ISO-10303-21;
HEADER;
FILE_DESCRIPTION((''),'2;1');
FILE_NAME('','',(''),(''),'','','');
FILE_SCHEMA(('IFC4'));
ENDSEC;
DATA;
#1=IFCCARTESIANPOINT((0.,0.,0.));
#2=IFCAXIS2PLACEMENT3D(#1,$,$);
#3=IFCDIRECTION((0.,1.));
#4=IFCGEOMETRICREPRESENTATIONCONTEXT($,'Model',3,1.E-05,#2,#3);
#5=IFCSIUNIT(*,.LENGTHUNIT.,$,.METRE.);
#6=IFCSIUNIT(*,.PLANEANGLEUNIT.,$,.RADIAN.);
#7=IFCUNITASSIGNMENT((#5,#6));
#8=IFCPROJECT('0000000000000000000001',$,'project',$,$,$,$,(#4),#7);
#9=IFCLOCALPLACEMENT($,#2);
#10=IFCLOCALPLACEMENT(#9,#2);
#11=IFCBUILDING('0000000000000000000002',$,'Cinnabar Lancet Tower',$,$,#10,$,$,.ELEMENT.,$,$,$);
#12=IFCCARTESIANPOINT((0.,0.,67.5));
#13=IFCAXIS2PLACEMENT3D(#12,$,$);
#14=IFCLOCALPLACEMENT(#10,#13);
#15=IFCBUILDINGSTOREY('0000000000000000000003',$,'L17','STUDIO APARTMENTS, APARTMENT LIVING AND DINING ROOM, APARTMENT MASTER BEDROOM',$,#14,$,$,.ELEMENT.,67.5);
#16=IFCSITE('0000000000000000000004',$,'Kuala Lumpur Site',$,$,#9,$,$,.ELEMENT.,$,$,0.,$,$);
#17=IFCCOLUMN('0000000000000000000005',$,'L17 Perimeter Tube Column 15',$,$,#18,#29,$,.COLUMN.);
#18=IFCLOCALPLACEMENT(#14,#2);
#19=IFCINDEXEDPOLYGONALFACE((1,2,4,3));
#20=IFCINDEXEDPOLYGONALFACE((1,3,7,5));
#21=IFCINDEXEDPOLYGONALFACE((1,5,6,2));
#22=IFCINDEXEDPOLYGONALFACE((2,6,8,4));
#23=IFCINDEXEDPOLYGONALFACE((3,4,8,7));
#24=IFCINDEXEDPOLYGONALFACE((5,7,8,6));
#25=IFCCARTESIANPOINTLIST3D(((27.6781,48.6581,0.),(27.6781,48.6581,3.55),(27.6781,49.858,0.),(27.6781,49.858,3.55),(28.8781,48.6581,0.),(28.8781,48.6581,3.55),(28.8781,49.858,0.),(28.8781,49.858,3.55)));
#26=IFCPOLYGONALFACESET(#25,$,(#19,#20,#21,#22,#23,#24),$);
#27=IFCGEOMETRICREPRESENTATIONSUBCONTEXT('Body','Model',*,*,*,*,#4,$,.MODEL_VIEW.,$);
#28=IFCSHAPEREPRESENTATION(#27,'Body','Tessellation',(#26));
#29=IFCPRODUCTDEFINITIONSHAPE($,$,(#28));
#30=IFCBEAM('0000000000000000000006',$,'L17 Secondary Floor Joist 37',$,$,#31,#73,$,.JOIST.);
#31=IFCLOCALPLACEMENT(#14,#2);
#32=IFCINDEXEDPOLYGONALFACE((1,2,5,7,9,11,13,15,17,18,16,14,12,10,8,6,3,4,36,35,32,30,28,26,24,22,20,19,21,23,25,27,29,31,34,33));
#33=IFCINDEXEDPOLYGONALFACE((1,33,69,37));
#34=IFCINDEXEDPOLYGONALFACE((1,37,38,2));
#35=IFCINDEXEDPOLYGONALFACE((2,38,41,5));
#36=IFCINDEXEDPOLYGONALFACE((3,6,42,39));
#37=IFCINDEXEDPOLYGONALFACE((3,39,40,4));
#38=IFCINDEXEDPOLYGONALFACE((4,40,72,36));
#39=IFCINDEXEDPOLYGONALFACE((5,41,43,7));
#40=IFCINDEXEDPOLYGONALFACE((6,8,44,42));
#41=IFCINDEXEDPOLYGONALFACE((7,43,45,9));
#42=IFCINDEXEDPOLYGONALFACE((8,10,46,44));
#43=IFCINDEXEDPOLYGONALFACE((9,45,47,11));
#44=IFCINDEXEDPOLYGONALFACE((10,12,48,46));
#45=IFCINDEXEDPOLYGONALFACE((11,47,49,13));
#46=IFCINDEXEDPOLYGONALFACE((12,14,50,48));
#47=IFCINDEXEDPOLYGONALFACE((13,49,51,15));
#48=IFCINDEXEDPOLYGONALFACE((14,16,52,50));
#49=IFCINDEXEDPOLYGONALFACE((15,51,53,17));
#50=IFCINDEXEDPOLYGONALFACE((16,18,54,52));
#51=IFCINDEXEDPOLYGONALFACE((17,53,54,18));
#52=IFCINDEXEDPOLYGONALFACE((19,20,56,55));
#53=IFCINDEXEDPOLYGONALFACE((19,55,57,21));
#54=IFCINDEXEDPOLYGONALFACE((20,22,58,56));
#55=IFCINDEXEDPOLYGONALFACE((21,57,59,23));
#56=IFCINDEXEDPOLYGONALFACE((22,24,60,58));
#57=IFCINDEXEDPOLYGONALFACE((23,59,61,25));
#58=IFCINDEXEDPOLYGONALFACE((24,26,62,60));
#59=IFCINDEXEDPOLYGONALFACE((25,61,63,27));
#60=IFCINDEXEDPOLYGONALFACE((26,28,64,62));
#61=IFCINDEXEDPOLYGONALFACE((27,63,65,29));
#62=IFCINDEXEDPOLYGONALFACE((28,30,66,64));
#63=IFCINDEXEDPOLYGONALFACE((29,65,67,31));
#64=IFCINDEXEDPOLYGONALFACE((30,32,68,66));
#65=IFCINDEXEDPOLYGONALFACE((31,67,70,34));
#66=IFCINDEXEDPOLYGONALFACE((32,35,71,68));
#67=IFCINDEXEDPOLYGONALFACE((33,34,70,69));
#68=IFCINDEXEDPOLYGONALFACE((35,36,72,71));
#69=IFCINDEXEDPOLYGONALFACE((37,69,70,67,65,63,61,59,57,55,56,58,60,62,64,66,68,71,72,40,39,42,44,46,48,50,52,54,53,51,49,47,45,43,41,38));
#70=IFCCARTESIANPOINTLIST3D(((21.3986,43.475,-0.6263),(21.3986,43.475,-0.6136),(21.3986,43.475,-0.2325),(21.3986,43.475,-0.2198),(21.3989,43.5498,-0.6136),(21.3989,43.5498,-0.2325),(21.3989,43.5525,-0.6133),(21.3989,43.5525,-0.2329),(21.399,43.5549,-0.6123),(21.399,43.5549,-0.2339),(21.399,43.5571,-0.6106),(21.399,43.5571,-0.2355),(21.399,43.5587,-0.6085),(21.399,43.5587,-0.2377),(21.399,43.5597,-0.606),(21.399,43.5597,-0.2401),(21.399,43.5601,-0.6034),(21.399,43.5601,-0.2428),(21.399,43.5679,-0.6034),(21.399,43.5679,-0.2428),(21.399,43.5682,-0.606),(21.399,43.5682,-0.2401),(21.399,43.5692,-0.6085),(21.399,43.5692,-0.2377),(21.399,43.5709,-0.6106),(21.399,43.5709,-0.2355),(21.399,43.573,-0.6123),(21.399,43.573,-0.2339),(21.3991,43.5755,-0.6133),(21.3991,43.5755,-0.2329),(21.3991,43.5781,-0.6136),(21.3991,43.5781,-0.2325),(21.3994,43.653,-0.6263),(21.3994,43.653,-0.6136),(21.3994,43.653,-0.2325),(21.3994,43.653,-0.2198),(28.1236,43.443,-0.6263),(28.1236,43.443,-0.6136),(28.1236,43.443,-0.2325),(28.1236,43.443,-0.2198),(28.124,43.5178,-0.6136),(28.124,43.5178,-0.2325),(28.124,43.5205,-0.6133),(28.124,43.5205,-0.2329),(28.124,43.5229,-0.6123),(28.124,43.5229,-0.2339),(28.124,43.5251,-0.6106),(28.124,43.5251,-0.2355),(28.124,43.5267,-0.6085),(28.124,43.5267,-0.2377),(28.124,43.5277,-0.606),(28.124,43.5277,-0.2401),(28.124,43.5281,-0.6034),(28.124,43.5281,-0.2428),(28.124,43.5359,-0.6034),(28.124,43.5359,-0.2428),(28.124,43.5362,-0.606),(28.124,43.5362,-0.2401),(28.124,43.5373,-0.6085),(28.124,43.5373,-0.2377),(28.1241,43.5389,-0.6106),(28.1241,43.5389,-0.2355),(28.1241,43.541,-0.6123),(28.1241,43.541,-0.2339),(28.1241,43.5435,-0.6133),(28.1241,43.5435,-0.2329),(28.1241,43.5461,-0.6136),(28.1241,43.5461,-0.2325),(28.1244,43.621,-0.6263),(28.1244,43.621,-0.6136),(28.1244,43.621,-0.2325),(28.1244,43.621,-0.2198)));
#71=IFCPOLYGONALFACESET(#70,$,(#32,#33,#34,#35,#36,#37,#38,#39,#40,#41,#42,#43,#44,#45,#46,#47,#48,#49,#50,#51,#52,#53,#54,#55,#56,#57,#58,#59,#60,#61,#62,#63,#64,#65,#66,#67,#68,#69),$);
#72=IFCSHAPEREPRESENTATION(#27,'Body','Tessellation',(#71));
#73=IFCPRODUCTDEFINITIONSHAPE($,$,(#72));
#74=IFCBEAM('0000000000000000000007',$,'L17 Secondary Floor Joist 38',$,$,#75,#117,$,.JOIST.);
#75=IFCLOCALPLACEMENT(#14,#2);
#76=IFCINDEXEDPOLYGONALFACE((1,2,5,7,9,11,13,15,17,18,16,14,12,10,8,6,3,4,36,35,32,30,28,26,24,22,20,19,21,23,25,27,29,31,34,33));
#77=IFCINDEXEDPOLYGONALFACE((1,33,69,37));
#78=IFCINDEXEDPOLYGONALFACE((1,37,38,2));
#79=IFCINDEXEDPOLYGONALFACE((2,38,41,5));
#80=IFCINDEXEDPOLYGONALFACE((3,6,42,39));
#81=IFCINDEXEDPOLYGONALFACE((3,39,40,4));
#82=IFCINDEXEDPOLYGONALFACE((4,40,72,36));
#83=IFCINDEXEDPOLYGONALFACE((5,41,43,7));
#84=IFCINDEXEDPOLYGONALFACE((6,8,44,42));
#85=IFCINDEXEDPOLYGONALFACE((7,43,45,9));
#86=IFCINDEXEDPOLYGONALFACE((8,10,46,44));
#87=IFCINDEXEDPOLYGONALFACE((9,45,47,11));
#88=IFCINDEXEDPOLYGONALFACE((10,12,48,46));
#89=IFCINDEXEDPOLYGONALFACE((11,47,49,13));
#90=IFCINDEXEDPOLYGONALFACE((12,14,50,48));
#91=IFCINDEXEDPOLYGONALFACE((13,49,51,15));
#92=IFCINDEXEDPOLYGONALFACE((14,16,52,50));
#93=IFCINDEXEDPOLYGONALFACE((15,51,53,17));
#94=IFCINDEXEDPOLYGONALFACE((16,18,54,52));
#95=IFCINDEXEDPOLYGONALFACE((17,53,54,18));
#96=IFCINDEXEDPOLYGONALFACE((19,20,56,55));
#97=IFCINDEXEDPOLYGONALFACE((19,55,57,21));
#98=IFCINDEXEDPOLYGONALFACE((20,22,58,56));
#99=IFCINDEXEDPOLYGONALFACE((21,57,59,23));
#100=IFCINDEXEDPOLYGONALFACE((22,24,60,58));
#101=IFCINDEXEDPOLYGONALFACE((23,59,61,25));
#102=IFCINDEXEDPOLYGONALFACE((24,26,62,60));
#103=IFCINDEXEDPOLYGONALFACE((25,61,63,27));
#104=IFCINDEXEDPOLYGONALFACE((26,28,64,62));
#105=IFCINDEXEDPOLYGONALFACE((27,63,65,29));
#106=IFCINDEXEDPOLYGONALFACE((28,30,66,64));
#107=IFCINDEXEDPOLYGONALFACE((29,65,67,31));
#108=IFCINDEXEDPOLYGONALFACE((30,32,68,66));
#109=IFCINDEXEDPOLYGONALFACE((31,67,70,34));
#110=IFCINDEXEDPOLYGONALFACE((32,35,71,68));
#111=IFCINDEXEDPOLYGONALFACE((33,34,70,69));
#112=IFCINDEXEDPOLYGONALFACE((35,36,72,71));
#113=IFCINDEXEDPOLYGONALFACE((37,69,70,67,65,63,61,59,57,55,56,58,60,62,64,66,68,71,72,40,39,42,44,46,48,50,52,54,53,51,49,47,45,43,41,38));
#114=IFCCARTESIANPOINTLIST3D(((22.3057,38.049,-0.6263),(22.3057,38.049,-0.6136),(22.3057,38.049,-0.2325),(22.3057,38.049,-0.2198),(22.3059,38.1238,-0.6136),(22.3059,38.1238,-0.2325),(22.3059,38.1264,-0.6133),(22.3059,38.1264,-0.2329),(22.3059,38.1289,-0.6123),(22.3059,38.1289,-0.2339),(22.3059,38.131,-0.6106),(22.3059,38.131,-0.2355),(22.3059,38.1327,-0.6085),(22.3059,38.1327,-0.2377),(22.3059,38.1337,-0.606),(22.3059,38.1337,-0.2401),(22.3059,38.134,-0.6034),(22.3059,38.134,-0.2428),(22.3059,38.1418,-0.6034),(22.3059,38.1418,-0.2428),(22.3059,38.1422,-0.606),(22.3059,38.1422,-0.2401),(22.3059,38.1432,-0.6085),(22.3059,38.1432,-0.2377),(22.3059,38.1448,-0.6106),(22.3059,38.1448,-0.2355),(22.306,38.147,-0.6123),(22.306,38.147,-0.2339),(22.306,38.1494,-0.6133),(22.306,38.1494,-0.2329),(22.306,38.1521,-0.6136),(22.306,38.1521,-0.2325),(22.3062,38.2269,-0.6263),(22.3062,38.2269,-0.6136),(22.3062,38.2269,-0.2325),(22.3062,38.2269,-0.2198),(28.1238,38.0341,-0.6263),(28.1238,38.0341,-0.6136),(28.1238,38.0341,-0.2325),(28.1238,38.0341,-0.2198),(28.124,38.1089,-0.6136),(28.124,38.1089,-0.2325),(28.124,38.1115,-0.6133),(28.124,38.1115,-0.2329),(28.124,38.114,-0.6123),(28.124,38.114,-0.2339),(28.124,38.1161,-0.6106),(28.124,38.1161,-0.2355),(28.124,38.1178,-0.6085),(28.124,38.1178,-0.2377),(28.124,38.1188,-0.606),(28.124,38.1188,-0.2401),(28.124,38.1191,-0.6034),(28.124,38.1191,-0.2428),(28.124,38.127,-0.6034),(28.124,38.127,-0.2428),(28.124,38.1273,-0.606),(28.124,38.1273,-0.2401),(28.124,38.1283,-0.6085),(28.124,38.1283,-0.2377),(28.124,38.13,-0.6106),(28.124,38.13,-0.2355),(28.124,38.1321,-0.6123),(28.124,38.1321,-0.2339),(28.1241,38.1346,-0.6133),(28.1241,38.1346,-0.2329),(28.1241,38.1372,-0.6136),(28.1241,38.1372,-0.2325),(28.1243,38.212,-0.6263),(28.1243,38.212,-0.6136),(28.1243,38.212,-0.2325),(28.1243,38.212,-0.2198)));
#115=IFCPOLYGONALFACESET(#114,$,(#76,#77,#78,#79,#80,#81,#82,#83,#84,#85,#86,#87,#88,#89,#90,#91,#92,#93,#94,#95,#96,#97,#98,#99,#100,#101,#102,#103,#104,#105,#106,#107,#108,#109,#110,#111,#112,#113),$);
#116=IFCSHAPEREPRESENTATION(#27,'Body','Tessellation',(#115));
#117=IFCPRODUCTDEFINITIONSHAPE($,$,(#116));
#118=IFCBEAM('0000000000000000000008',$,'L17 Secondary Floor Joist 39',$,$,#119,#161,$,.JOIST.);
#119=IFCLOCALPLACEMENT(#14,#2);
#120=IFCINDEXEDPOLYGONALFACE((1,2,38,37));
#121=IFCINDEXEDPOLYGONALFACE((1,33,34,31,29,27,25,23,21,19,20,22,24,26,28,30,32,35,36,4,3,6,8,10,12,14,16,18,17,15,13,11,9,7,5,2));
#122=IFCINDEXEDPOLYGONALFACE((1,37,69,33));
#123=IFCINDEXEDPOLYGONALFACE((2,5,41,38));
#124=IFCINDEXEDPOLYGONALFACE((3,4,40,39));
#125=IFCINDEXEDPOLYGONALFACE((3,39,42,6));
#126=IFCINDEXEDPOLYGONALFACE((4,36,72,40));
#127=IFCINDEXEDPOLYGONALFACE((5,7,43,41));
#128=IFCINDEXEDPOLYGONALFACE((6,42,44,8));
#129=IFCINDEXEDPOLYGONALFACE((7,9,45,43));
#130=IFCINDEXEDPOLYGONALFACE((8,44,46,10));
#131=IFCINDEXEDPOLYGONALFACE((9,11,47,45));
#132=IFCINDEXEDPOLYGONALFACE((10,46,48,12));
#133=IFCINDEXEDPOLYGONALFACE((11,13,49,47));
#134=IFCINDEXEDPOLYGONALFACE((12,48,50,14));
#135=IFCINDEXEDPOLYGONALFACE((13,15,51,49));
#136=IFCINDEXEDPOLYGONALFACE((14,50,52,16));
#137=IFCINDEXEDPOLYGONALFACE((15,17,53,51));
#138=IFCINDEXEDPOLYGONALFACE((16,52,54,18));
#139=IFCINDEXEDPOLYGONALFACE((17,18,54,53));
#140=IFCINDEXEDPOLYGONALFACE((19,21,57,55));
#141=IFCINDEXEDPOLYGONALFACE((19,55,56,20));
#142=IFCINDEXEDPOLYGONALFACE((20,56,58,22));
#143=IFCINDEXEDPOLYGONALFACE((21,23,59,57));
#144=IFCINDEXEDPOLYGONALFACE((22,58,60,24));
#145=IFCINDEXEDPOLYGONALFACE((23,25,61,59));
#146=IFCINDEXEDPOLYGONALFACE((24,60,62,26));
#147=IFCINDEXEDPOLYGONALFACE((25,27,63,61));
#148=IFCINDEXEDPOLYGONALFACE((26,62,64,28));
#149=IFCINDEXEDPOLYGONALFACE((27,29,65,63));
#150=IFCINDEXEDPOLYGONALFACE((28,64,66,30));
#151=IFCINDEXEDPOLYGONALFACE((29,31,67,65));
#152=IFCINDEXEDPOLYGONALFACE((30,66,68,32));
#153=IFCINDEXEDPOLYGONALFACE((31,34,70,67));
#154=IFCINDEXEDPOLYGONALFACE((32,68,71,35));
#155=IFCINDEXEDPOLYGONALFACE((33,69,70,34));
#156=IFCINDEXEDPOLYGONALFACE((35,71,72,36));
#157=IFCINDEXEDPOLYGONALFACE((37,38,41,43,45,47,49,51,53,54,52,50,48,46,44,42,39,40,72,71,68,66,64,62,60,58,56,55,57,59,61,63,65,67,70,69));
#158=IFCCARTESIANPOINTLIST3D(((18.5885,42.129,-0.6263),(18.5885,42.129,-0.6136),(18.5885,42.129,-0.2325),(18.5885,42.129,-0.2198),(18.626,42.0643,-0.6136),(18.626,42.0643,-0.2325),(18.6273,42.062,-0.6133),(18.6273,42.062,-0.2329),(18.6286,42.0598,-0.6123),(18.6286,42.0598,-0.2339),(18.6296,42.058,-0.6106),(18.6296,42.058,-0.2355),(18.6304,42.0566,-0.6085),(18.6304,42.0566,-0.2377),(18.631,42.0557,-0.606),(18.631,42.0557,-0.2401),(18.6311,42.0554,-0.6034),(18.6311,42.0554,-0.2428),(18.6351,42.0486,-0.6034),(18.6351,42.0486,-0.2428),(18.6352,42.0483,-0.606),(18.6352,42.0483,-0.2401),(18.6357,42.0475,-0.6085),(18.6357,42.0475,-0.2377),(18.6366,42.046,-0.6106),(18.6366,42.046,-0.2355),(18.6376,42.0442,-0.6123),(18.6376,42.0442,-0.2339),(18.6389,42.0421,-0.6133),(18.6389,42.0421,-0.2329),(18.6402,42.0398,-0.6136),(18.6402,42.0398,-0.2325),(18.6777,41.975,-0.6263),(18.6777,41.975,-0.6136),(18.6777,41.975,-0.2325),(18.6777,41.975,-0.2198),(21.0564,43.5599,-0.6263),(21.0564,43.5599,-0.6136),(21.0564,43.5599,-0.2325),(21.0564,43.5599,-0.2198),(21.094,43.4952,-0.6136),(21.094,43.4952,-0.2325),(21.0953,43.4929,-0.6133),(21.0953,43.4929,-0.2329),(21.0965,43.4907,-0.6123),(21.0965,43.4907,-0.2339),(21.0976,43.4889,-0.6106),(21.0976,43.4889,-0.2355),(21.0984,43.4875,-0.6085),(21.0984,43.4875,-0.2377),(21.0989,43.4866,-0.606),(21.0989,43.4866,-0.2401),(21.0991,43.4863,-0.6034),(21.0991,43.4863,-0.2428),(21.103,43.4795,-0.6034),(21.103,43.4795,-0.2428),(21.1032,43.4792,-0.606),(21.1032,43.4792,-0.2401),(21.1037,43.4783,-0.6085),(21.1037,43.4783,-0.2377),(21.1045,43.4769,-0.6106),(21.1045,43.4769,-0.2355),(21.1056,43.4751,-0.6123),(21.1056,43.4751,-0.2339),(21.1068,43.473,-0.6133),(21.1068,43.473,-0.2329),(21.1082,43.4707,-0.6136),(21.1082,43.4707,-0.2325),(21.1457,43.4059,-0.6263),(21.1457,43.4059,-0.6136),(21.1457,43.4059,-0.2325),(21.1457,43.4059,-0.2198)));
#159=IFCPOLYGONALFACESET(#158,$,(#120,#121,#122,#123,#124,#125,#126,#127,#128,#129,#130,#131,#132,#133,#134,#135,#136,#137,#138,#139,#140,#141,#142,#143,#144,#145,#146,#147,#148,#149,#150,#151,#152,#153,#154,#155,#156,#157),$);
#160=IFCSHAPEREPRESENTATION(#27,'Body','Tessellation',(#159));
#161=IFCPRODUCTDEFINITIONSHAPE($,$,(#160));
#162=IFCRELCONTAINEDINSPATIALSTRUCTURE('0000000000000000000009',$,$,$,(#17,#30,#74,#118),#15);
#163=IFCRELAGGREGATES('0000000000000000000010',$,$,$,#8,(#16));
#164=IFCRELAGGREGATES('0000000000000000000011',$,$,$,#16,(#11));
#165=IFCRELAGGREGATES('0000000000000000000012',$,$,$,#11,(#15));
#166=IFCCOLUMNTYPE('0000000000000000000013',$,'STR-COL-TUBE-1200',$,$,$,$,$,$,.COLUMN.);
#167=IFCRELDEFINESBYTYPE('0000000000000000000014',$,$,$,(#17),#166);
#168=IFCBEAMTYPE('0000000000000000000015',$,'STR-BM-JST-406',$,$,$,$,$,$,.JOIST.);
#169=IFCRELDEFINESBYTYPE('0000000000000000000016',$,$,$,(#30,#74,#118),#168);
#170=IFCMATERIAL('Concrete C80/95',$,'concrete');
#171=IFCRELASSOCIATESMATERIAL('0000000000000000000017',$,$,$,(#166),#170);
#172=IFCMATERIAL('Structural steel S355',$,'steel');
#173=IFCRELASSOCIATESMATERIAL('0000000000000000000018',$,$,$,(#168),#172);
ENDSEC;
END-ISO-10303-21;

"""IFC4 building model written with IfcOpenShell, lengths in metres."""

from ifc_helpers import new_model, si_unit, direction, frame, origin, origin_2d, place, context, subcontext, project, spatial, rectangle, i_section, extrude, material, material_profile, profile_set, type_object, element, save


model = new_model("IFC4")

# Units and contexts
model_context = context("Model", 3, precision=1e-05, world=origin(), true_north=direction((0.0, 1.0)))
body_context = subcontext(model_context, "Body", "Model", "MODEL_VIEW")
ifc_project = project(units=[si_unit("LENGTHUNIT", "METRE"), si_unit("PLANEANGLEUNIT", "RADIAN")], contexts=[model_context])

# Site, building, storey
site_placement = place(None, origin())
site = spatial("IfcSite", under=ifc_project, at=site_placement, Name="Kuala Lumpur Site", CompositionType="ELEMENT", RefElevation=0.0)
building_placement = place(site_placement, origin())
building = spatial("IfcBuilding", under=site, at=building_placement, Name="Cinnabar Lancet Tower", CompositionType="ELEMENT")
storey_placement = place(building_placement, frame((0.0, 0.0, 67.5)))
storey = spatial("IfcBuildingStorey", under=building, at=storey_placement, Name="L17", Description="STUDIO APARTMENTS, APARTMENT LIVING AND DINING ROOM, APARTMENT MASTER BEDROOM", CompositionType="ELEMENT", Elevation=67.5)

# Column
ifc_material_1 = material(Name="Concrete C80/95", Category="concrete")
ifc_material_profile_1 = material_profile(ifc_material_1, rectangle(XDim=1.2, YDim=1.2, at=origin_2d()), Name="RC-COL 1200x1200")
ifc_profile_set_1 = profile_set([ifc_material_profile_1], Name="Concrete C80/95")
column_type = type_object("IfcColumnType", Name="STR-COL-TUBE-1200", PredefinedType="COLUMN", material=ifc_profile_set_1)
column_placement = place(storey_placement, frame((28.2781, 49.2581, 0.0), z_axis=(0.0, 0.0, 1.0), x_axis=(1.0, 0.0, 0.0)))
element("IfcColumn", 1, at=column_placement, inside=storey, type_object=column_type, Name="L17 Perimeter Tube Column 15", PredefinedType="COLUMN", context=body_context, shape_type="SweptSolid", body=[
    extrude(rectangle(XDim=1.2, YDim=1.2, at=origin_2d()), origin(), (0.0, 0.0, 1.0), 3.55),
])

# Beams
ifc_material_2 = material(Name="Structural steel S355", Category="steel")
ifc_material_profile_2 = material_profile(ifc_material_2, i_section(OverallWidth=0.178, OverallDepth=0.4065, WebThickness=0.0078, FlangeThickness=0.0127, FilletRadius=0.0103, at=origin_2d()), Name="UKB 406x178x60")
ifc_profile_set_2 = profile_set([ifc_material_profile_2], Name="Structural steel S355")
beam_type_1 = type_object("IfcBeamType", Name="STR-BM-JST-406", PredefinedType="JOIST", material=ifc_profile_set_2)
beam_1_placement = place(storey_placement, frame((28.124, 43.532, -0.4231), z_axis=(-0.999989, 0.004756, 0.0), x_axis=(-0.004756, -0.999989, 0.0)))
element("IfcBeam", 2, at=beam_1_placement, inside=storey, type_object=beam_type_1, Name="L17 Secondary Floor Joist 37", PredefinedType="JOIST", context=body_context, shape_type="SweptSolid", body=[
    extrude(i_section(OverallWidth=0.178, OverallDepth=0.4065, WebThickness=0.0078, FlangeThickness=0.0127, FilletRadius=0.0103, at=origin_2d()), origin(), (0.0, 0.0, 1.0), 6.7251),
])
beam_2_placement = place(storey_placement, frame((28.124, 38.123, -0.4231), z_axis=(-0.999997, 0.00256, 0.0), x_axis=(-0.00256, -0.999997, 0.0)))
element("IfcBeam", 3, at=beam_2_placement, inside=storey, type_object=beam_type_1, Name="L17 Secondary Floor Joist 38", PredefinedType="JOIST", context=body_context, shape_type="SweptSolid", body=[
    extrude(i_section(OverallWidth=0.178, OverallDepth=0.4065, WebThickness=0.0078, FlangeThickness=0.0127, FilletRadius=0.0103, at=origin_2d()), origin(), (0.0, 0.0, 1.0), 5.8181),
])
beam_3_placement = place(storey_placement, frame((21.1011, 43.4829, -0.4231), z_axis=(-0.865114, -0.501576, 0.0), x_axis=(0.501576, -0.865114, 0.0)))
element("IfcBeam", 4, at=beam_3_placement, inside=storey, type_object=beam_type_1, Name="L17 Secondary Floor Joist 39", PredefinedType="JOIST", context=body_context, shape_type="SweptSolid", body=[
    extrude(i_section(OverallWidth=0.178, OverallDepth=0.4065, WebThickness=0.0078, FlangeThickness=0.0127, FilletRadius=0.0103, at=origin_2d()), origin(), (0.0, 0.0, 1.0), 2.8528),
])

save(model, "model.ifc")
